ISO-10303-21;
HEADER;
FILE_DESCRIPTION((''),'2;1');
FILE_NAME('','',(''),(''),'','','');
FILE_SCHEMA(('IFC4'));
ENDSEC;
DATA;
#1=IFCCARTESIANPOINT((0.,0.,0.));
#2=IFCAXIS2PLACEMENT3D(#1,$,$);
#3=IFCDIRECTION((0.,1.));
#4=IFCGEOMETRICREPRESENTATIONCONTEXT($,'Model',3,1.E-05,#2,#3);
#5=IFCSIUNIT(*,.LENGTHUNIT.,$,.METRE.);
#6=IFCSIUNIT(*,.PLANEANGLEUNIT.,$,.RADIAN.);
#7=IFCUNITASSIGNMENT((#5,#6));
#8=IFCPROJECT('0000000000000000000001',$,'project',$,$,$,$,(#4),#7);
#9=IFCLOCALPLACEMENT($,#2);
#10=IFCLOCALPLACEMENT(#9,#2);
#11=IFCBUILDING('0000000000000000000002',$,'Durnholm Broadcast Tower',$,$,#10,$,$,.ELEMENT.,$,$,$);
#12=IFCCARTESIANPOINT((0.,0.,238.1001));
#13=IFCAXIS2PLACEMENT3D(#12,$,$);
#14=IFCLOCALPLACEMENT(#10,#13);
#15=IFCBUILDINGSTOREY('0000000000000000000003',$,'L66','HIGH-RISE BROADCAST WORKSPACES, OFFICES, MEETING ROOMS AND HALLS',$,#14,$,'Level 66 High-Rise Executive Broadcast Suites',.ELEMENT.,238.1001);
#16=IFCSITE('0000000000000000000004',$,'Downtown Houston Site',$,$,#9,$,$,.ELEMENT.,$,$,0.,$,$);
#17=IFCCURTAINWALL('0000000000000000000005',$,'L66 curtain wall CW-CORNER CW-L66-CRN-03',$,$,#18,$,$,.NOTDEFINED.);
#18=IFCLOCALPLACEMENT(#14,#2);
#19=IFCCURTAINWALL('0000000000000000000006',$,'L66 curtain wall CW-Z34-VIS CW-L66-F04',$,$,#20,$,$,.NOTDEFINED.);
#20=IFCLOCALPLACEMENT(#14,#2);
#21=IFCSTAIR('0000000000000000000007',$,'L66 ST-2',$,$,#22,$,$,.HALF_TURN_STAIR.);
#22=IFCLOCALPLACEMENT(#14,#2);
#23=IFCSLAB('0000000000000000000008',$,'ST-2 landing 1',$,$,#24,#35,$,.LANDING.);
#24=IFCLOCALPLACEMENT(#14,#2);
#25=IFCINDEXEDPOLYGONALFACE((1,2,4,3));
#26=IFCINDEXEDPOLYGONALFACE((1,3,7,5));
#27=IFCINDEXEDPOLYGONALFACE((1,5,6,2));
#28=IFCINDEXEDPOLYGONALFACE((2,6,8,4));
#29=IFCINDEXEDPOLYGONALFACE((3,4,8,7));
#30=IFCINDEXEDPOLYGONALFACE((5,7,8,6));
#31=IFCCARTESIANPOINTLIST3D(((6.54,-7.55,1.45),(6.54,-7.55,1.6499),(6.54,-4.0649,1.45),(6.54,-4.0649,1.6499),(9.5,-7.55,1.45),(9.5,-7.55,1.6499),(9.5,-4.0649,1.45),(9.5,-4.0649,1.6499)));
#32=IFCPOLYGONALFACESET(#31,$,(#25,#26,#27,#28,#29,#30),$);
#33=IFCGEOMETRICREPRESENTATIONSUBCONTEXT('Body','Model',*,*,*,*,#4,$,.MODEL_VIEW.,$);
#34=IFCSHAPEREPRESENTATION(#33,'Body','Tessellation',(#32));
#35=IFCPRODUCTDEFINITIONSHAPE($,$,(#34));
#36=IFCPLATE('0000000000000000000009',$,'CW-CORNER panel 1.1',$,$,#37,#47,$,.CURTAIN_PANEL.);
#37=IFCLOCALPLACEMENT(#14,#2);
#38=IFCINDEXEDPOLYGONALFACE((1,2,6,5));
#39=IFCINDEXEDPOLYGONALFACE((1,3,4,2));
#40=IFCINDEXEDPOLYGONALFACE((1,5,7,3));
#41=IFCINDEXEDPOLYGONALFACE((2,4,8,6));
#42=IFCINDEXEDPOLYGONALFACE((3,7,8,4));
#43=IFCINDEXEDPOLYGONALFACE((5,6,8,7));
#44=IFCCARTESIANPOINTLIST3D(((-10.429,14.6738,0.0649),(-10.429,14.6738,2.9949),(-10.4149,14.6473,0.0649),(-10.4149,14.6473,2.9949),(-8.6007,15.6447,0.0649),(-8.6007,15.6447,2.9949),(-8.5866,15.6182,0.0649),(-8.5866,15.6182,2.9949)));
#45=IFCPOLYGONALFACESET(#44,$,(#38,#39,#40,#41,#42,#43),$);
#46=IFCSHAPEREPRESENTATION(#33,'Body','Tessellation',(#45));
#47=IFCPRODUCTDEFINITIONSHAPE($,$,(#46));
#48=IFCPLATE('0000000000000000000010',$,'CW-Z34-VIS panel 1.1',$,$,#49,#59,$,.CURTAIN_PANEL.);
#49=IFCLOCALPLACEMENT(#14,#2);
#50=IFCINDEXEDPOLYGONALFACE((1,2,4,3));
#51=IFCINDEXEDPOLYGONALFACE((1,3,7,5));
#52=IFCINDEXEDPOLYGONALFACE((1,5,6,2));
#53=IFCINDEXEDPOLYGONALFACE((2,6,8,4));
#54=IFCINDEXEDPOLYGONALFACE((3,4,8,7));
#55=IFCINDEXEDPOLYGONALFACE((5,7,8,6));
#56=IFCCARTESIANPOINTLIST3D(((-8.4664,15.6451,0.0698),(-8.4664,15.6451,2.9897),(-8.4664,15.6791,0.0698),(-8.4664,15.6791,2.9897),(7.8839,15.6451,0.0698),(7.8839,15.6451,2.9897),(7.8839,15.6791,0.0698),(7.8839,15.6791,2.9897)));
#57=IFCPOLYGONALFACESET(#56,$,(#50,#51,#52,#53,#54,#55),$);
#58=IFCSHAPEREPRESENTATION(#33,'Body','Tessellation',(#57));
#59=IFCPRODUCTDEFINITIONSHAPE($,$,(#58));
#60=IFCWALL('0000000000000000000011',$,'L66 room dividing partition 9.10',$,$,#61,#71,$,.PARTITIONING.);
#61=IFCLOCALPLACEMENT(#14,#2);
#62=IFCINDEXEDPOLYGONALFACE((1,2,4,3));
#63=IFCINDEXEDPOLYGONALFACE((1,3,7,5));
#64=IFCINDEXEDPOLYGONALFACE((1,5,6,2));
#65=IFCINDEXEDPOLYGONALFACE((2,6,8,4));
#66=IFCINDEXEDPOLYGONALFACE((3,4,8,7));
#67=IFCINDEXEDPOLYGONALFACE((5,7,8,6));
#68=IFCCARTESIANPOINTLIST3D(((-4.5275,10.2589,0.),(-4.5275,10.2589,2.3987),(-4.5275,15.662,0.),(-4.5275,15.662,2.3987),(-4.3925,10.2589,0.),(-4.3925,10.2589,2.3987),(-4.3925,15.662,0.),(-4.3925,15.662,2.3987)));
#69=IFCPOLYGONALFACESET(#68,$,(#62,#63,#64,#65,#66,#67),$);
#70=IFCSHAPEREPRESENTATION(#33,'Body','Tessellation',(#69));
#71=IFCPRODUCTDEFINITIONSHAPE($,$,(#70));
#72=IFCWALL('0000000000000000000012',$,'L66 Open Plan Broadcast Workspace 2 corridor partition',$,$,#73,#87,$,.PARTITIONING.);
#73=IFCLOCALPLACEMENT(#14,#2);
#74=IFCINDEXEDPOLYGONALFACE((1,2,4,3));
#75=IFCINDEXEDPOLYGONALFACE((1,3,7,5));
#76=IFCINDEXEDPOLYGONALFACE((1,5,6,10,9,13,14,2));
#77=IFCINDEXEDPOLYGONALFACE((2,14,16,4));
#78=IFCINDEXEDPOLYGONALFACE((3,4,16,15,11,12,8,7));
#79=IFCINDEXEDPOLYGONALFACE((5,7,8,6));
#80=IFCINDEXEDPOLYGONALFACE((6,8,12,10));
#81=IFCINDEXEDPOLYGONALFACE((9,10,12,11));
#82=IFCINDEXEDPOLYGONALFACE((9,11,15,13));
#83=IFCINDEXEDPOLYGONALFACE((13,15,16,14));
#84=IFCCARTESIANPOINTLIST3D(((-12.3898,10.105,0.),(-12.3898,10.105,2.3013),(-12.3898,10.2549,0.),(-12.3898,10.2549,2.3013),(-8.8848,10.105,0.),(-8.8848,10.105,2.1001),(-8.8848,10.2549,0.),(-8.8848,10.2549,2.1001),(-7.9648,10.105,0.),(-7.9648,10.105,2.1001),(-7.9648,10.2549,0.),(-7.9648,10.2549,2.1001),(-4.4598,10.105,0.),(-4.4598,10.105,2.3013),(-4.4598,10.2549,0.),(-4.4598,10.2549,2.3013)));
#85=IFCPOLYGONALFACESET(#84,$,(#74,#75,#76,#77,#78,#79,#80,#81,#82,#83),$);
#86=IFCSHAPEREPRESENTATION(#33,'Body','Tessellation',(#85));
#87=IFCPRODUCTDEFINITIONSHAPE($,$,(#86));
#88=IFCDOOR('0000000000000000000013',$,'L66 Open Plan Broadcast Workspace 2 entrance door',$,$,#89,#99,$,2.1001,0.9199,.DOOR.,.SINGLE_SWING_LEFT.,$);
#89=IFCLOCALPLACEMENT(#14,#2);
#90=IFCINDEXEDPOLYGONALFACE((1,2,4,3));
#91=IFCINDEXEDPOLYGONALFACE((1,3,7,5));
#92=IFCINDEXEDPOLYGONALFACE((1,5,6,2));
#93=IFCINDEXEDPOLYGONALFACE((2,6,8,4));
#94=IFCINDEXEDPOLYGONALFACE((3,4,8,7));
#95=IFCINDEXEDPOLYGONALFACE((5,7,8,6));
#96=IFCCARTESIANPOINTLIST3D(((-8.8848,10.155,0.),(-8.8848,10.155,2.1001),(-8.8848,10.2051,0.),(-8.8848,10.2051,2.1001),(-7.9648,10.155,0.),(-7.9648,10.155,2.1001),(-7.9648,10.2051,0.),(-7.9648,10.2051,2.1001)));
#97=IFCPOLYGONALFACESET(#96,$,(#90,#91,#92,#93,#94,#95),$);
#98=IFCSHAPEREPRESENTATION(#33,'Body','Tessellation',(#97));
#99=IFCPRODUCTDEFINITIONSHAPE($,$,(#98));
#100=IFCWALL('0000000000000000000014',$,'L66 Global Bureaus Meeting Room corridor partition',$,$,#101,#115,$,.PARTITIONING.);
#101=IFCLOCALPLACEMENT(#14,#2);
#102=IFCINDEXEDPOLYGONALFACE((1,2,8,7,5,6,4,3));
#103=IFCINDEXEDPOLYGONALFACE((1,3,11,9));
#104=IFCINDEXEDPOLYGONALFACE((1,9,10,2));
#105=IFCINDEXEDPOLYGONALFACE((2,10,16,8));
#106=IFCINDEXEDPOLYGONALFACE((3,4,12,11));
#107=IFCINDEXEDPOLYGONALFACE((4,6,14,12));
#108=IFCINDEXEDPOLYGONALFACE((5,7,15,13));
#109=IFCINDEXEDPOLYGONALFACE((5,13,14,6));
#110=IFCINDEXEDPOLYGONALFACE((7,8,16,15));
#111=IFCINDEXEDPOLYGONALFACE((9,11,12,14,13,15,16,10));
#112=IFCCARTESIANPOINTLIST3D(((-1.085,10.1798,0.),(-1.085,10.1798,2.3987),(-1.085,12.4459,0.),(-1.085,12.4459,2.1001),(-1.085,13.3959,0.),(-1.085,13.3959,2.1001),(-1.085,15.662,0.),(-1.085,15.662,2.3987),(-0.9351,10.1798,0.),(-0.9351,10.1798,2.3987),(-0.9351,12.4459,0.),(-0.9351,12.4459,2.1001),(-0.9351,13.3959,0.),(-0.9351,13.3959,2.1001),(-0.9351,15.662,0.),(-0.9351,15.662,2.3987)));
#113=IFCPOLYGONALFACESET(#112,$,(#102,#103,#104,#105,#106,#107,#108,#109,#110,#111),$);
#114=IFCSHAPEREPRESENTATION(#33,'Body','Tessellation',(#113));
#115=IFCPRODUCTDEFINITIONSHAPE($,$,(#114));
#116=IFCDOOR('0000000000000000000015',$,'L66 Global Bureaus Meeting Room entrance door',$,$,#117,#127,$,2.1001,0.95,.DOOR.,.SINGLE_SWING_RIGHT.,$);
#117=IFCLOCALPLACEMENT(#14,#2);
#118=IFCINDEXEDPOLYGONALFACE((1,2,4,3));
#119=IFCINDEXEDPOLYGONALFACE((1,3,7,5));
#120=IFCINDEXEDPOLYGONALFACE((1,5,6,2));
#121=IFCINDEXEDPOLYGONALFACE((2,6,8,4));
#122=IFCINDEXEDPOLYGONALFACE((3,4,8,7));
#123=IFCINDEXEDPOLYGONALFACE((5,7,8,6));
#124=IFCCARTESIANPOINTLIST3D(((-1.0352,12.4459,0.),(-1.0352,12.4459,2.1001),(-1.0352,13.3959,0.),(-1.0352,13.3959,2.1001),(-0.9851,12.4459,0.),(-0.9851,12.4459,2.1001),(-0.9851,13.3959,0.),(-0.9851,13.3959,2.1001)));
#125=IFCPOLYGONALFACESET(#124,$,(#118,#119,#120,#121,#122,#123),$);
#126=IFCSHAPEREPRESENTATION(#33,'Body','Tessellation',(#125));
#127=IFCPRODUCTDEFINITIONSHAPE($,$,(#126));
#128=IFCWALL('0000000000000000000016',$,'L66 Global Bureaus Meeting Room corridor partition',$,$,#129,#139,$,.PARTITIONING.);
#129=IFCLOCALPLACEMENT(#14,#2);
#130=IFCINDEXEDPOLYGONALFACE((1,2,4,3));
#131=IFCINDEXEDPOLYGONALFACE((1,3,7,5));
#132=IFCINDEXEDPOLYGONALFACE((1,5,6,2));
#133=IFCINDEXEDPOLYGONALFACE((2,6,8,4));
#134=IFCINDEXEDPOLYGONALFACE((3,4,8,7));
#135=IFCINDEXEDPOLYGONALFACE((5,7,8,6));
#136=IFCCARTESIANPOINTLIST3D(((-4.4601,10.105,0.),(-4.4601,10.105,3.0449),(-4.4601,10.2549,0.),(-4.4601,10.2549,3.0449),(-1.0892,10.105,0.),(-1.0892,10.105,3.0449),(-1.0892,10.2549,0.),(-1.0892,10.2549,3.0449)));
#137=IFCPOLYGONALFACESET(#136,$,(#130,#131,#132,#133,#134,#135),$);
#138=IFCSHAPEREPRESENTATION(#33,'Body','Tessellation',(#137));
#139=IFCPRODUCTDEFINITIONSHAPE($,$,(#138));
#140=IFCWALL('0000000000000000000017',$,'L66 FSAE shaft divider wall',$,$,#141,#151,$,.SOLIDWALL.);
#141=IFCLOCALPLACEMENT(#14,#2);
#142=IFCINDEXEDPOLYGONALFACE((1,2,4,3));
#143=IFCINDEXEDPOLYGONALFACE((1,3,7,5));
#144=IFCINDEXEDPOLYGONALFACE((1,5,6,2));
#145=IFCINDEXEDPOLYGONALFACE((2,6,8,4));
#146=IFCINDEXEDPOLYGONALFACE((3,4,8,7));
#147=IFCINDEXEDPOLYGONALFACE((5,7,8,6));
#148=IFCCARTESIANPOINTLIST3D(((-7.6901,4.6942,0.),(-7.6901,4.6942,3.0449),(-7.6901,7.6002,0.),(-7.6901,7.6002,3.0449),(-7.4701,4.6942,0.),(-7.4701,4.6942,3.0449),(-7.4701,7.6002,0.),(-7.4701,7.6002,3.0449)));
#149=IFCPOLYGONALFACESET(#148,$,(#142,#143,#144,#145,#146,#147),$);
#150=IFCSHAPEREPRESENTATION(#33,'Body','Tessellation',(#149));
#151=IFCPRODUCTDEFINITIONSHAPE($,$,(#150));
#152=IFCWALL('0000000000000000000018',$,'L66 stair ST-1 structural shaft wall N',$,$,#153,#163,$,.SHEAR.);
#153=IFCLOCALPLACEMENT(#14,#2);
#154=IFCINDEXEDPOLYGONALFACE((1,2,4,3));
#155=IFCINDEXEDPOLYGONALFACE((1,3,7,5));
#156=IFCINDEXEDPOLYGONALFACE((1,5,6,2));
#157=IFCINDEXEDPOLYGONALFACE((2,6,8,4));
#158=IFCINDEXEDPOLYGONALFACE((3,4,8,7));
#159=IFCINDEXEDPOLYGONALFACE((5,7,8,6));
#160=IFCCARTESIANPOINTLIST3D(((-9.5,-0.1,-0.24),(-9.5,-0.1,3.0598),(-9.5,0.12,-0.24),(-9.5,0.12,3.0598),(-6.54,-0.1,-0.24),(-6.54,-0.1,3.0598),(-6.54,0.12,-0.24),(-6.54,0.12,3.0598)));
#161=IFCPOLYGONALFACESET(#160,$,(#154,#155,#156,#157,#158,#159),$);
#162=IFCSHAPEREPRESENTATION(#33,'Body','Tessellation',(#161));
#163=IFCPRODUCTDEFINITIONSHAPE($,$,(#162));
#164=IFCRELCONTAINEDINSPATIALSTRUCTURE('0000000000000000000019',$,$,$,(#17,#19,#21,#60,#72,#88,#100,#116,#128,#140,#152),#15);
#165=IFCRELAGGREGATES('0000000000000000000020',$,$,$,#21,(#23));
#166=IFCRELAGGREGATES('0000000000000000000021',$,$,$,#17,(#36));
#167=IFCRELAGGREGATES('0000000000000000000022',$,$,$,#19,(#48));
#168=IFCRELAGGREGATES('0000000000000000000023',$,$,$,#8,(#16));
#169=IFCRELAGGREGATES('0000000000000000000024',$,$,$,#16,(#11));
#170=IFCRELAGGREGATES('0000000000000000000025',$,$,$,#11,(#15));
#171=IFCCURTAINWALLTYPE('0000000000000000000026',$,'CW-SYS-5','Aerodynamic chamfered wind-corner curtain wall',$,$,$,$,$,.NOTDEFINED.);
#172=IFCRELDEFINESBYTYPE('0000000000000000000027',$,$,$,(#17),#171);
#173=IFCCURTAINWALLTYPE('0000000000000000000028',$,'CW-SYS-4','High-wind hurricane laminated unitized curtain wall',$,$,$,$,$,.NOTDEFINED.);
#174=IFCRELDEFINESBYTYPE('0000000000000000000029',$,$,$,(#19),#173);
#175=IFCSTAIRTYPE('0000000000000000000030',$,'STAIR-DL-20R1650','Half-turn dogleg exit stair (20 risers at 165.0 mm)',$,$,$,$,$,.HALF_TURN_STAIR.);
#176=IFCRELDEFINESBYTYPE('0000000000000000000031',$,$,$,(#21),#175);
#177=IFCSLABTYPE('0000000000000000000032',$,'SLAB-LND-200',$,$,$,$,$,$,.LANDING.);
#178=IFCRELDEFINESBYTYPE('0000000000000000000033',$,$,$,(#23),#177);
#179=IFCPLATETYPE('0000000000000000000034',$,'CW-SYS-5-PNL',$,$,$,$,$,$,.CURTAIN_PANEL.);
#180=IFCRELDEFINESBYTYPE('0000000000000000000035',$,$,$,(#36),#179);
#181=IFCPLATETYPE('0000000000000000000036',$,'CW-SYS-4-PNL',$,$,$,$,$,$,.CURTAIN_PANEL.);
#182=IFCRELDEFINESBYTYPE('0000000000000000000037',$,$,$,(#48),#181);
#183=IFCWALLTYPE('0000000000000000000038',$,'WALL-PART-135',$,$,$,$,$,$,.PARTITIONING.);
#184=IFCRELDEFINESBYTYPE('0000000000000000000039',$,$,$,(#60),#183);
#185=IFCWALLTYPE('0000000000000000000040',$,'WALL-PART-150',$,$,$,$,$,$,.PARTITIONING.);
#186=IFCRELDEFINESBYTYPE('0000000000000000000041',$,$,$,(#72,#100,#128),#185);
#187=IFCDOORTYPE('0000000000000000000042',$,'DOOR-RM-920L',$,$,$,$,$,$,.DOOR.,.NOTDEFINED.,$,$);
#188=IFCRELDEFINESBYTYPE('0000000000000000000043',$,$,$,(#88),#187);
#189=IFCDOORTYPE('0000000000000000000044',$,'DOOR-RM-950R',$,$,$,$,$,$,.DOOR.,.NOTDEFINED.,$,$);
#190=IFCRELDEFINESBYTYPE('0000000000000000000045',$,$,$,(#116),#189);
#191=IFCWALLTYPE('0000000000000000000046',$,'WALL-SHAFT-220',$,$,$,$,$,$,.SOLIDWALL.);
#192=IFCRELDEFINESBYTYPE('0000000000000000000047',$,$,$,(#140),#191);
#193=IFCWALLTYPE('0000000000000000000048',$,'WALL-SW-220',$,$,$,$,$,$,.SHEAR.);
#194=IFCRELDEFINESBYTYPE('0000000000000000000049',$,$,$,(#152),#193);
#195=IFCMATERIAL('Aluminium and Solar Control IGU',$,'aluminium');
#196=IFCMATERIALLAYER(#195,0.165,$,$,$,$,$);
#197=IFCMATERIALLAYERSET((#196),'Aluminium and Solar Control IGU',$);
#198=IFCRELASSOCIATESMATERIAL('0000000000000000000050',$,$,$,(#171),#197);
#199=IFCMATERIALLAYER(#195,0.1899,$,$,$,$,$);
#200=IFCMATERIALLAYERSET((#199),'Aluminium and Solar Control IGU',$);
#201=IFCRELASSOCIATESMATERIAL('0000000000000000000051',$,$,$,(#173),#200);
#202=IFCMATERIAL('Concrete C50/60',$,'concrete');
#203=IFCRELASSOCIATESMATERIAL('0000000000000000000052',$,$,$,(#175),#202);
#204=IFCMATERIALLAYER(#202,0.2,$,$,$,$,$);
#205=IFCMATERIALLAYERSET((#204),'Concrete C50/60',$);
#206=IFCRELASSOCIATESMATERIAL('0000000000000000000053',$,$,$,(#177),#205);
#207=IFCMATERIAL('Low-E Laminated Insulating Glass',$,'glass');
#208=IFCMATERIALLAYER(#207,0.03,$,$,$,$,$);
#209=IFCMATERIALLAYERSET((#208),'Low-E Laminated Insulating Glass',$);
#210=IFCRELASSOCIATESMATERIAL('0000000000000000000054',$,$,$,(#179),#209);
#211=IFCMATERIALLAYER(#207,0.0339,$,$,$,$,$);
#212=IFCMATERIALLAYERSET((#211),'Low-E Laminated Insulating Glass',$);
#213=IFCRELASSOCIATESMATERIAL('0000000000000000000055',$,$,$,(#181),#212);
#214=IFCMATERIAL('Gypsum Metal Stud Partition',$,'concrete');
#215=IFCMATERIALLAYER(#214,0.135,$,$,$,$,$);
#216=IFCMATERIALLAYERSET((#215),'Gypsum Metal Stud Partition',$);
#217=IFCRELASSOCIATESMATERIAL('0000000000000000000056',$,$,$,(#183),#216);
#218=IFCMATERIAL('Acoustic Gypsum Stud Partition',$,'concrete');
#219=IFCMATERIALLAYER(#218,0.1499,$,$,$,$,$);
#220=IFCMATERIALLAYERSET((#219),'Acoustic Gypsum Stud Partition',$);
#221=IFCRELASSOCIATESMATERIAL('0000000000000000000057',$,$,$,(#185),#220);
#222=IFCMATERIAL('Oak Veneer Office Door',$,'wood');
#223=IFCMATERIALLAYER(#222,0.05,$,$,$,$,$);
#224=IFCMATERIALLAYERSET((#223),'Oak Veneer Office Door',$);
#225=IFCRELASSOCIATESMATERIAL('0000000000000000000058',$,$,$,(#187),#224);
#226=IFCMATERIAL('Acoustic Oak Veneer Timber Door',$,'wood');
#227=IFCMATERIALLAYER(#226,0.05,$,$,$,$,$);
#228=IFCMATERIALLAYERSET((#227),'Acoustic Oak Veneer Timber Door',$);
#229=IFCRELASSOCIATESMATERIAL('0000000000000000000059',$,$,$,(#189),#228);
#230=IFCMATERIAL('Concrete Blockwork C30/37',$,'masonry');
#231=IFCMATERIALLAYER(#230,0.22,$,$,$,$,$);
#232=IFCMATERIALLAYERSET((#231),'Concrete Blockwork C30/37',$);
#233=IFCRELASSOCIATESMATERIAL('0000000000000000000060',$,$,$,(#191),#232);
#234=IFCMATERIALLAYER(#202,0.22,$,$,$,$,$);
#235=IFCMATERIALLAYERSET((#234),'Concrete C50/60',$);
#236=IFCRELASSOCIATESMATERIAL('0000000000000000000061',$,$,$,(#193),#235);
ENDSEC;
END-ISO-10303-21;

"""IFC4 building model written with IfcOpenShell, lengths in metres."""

from ifc_helpers import new_model, si_unit, direction, frame, frame_2d, origin, origin_2d, place, context, subcontext, project, spatial, polyline, rectangle, outline, extrude, source, transform, mapped, material, layer, layer_set, type_object, type_shapes, element, fill, aggregate, save


model = new_model("IFC4")

# Units and contexts
model_context = context("Model", 3, precision=1e-05, world=origin(), true_north=direction((0.0, 1.0)))
body_context = subcontext(model_context, "Body", "Model", "MODEL_VIEW")
ifc_project = project(units=[si_unit("LENGTHUNIT", "METRE"), si_unit("PLANEANGLEUNIT", "RADIAN")], contexts=[model_context])

# Site, building, storey
site_placement = place(None, origin())
site = spatial("IfcSite", under=ifc_project, at=site_placement, Name="Downtown Houston Site", CompositionType="ELEMENT", RefElevation=0.0)
building_placement = place(site_placement, origin())
building = spatial("IfcBuilding", under=site, at=building_placement, Name="Durnholm Broadcast Tower", CompositionType="ELEMENT")
storey_placement = place(building_placement, frame((0.0, 0.0, 238.1001)))
storey = spatial("IfcBuildingStorey", under=building, at=storey_placement, Name="L66", Description="HIGH-RISE BROADCAST WORKSPACES, OFFICES, MEETING ROOMS AND HALLS", LongName="Level 66 High-Rise Executive Broadcast Suites", CompositionType="ELEMENT", Elevation=238.1001)

# Curtain wall
ifc_material_1 = material(Name="Aluminium and Solar Control IGU", Category="aluminium")
ifc_layer_1 = layer(ifc_material_1, 0.165)
ifc_layer_set_1 = layer_set([ifc_layer_1], Name="Aluminium and Solar Control IGU")
curtain_wall_type_1 = type_object("IfcCurtainWallType", Name="CW-SYS-5", Description="Aerodynamic chamfered wind-corner curtain wall", PredefinedType="NOTDEFINED", material=ifc_layer_set_1)
curtain_wall_1_placement = place(storey_placement, origin())
curtain_wall_1 = element("IfcCurtainWall", 1, at=curtain_wall_1_placement, inside=storey, type_object=curtain_wall_type_1, Name="L66 curtain wall CW-CORNER CW-L66-CRN-03", PredefinedType="NOTDEFINED")

# Curtain wall
ifc_layer_2 = layer(ifc_material_1, 0.1899)
ifc_layer_set_2 = layer_set([ifc_layer_2], Name="Aluminium and Solar Control IGU")
curtain_wall_type_2 = type_object("IfcCurtainWallType", Name="CW-SYS-4", Description="High-wind hurricane laminated unitized curtain wall", PredefinedType="NOTDEFINED", material=ifc_layer_set_2)
curtain_wall_2_placement = place(storey_placement, origin())
curtain_wall_2 = element("IfcCurtainWall", 2, at=curtain_wall_2_placement, inside=storey, type_object=curtain_wall_type_2, Name="L66 curtain wall CW-Z34-VIS CW-L66-F04", PredefinedType="NOTDEFINED")

# Shared definitions
ifc_material_2 = material(Name="Concrete C50/60", Category="concrete")

# Stair, slab
stair_type = type_object("IfcStairType", Name="STAIR-DL-20R1650", Description="Half-turn dogleg exit stair (20 risers at 165.0 mm)", PredefinedType="HALF_TURN_STAIR", material=ifc_material_2)
ifc_layer_3 = layer(ifc_material_2, 0.2)
ifc_layer_set_3 = layer_set([ifc_layer_3], Name="Concrete C50/60")
slab_type_1 = type_object("IfcSlabType", Name="SLAB-LND-200", PredefinedType="LANDING", material=ifc_layer_set_3)
stair_1_placement = place(storey_placement, origin())
stair_1 = element("IfcStair", 3, at=stair_1_placement, inside=storey, type_object=stair_type, Name="L66 ST-2", PredefinedType="HALF_TURN_STAIR")
slab_1_placement = place(storey_placement, frame((0.0, 0.0, 1.45)))
slab_1 = element("IfcSlab", 4, at=slab_1_placement, type_object=slab_type_1, Name="ST-2 landing 1", PredefinedType="LANDING", context=body_context, shape_type="SweptSolid", body=[
    extrude(outline(polyline([(6.54, -4.0649), (6.54, -7.55), (9.5, -7.55), (9.5, -4.0649), (6.54, -4.0649)])), origin(), (0.0, 0.0, 1.0), 0.2),
])
aggregate(stair_1, [slab_1])

# Plates
ifc_material_3 = material(Name="Low-E Laminated Insulating Glass", Category="glass")
ifc_layer_4 = layer(ifc_material_3, 0.03)
ifc_layer_set_4 = layer_set([ifc_layer_4], Name="Low-E Laminated Insulating Glass")
plate_type_1 = type_object("IfcPlateType", Name="CW-SYS-5-PNL", PredefinedType="CURTAIN_PANEL", material=ifc_layer_set_4)
shared_shape_1 = source(origin(), body_context, "Body", "SweptSolid", [
    extrude(rectangle(XDim=2.0701, YDim=0.03, at=origin_2d()), origin(), (0.0, 0.0, 1.0), 2.9299),
])
type_shapes(plate_type_1, [shared_shape_1])
plate_1_placement = place(storey_placement, frame((-9.5078, 15.146, 0.0649), z_axis=(0.0, 0.0, 1.0), x_axis=(0.883195, 0.469007, 0.0)))
plate_1 = element("IfcPlate", 5, at=plate_1_placement, type_object=plate_type_1, Name="CW-CORNER panel 1.1", PredefinedType="CURTAIN_PANEL", context=body_context, shape_type="MappedRepresentation", body=[
    mapped(shared_shape_1, transform((0.0, 0.0, 0.0), x_axis=(1.0, 0.0, 0.0), y_axis=(0.0, 1.0, 0.0), z_axis=(0.0, 0.0, 1.0), scale=1.0)),
])
aggregate(curtain_wall_1, [plate_1])
ifc_layer_5 = layer(ifc_material_3, 0.0339)
ifc_layer_set_5 = layer_set([ifc_layer_5], Name="Low-E Laminated Insulating Glass")
plate_type_2 = type_object("IfcPlateType", Name="CW-SYS-4-PNL", PredefinedType="CURTAIN_PANEL", material=ifc_layer_set_5)
shared_shape_2 = source(origin(), body_context, "Body", "SweptSolid", [
    extrude(rectangle(XDim=16.3503, YDim=0.0339, at=origin_2d()), origin(), (0.0, 0.0, 1.0), 2.9199),
])
type_shapes(plate_type_2, [shared_shape_2])
plate_2_placement = place(storey_placement, frame((-0.2913, 15.6621, 0.0698), z_axis=(0.0, 0.0, 1.0), x_axis=(1.0, 0.0, 0.0)))
plate_2 = element("IfcPlate", 6, at=plate_2_placement, type_object=plate_type_2, Name="CW-Z34-VIS panel 1.1", PredefinedType="CURTAIN_PANEL", context=body_context, shape_type="MappedRepresentation", body=[
    mapped(shared_shape_2, transform((0.0, 0.0, 0.0), x_axis=(1.0, 0.0, 0.0), y_axis=(0.0, 1.0, 0.0), z_axis=(0.0, 0.0, 1.0), scale=1.0)),
])
aggregate(curtain_wall_2, [plate_2])

# Wall
ifc_material_4 = material(Name="Gypsum Metal Stud Partition", Category="concrete")
ifc_layer_6 = layer(ifc_material_4, 0.135)
ifc_layer_set_6 = layer_set([ifc_layer_6], Name="Gypsum Metal Stud Partition")
wall_type_1 = type_object("IfcWallType", Name="WALL-PART-135", PredefinedType="PARTITIONING", material=ifc_layer_set_6)
wall_1_placement = place(storey_placement, frame((-4.46, 15.6621, 0.0), z_axis=(0.0, 0.0, 1.0), x_axis=(0.0, -1.0, 0.0)))
element("IfcWall", 7, at=wall_1_placement, inside=storey, type_object=wall_type_1, Name="L66 room dividing partition 9.10", PredefinedType="PARTITIONING", context=body_context, shape_type="SweptSolid", body=[
    extrude(rectangle(XDim=5.4031, YDim=0.135, at=frame_2d((2.7017, 0.0))), origin(), (0.0, 0.0, 1.0), 2.3987),
])

# Walls, openings, doors
ifc_material_5 = material(Name="Acoustic Gypsum Stud Partition", Category="concrete")
ifc_layer_7 = layer(ifc_material_5, 0.1499)
ifc_layer_set_7 = layer_set([ifc_layer_7], Name="Acoustic Gypsum Stud Partition")
wall_type_2 = type_object("IfcWallType", Name="WALL-PART-150", PredefinedType="PARTITIONING", material=ifc_layer_set_7)
wall_2_placement = place(storey_placement, frame((-4.46, 10.1799, 0.0), z_axis=(0.0, 0.0, 1.0), x_axis=(-1.0, 0.0, 0.0)))
wall_2 = element("IfcWall", 8, at=wall_2_placement, inside=storey, type_object=wall_type_2, Name="L66 Open Plan Broadcast Workspace 2 corridor partition", PredefinedType="PARTITIONING", context=body_context, shape_type="SweptSolid", body=[
    extrude(rectangle(XDim=7.9299, YDim=0.1499, at=frame_2d((3.9648, 0.0))), origin(), (0.0, 0.0, 1.0), 2.3013),
])
opening_1_placement = place(wall_2_placement, frame((3.5049, 0.0, 0.0)))
opening_1 = element("IfcOpeningElement", 9, at=opening_1_placement, cuts=wall_2, PredefinedType="OPENING", context=body_context, shape_type="SweptSolid", body=[
    extrude(rectangle(XDim=0.9199, YDim=2.1001, at=frame_2d((0.46, 1.05))), frame((0.0, 0.085, 0.0), z_axis=(0.0, -1.0, 0.0), x_axis=(1.0, 0.0, 0.0)), (0.0, 0.0, 1.0), 0.1699),
])
ifc_material_6 = material(Name="Oak Veneer Office Door", Category="wood")
ifc_layer_8 = layer(ifc_material_6, 0.05)
ifc_layer_set_8 = layer_set([ifc_layer_8], Name="Oak Veneer Office Door")
door_type_1 = type_object("IfcDoorType", Name="DOOR-RM-920L", OperationType="NOTDEFINED", PredefinedType="DOOR", material=ifc_layer_set_8)
shared_shape_3 = source(origin(), body_context, "Body", "SweptSolid", [
    extrude(rectangle(XDim=0.9199, YDim=2.1001, at=frame_2d((0.46, 1.05))), frame((0.0, 0.0249, 0.0), z_axis=(0.0, -1.0, 0.0), x_axis=(1.0, 0.0, 0.0)), (0.0, 0.0, 1.0), 0.05),
])
type_shapes(door_type_1, [shared_shape_3])
door_1_placement = place(opening_1_placement, origin())
door_1 = element("IfcDoor", 10, at=door_1_placement, inside=storey, type_object=door_type_1, Name="L66 Open Plan Broadcast Workspace 2 entrance door", OperationType="SINGLE_SWING_LEFT", OverallHeight=2.1001, OverallWidth=0.9199, PredefinedType="DOOR", context=body_context, shape_type="MappedRepresentation", body=[
    mapped(shared_shape_3, transform((0.0, 0.0, 0.0), x_axis=(1.0, 0.0, 0.0), y_axis=(0.0, 1.0, 0.0), z_axis=(0.0, 0.0, 1.0), scale=1.0)),
])
fill(opening_1, door_1)
wall_3_placement = place(storey_placement, frame((-1.01, 15.6621, 0.0), z_axis=(0.0, 0.0, 1.0), x_axis=(0.0, -1.0, 0.0)))
wall_3 = element("IfcWall", 11, at=wall_3_placement, inside=storey, type_object=wall_type_2, Name="L66 Global Bureaus Meeting Room corridor partition", PredefinedType="PARTITIONING", context=body_context, shape_type="SweptSolid", body=[
    extrude(rectangle(XDim=5.4822, YDim=0.1499, at=frame_2d((2.7412, 0.0))), origin(), (0.0, 0.0, 1.0), 2.3987),
])
opening_2_placement = place(wall_3_placement, frame((2.2661, 0.0, 0.0)))
opening_2 = element("IfcOpeningElement", 12, at=opening_2_placement, cuts=wall_3, PredefinedType="OPENING", context=body_context, shape_type="SweptSolid", body=[
    extrude(rectangle(XDim=0.95, YDim=2.1001, at=frame_2d((0.4751, 1.05))), frame((0.0, 0.085, 0.0), z_axis=(0.0, -1.0, 0.0), x_axis=(1.0, 0.0, 0.0)), (0.0, 0.0, 1.0), 0.1699),
])
ifc_material_7 = material(Name="Acoustic Oak Veneer Timber Door", Category="wood")
ifc_layer_9 = layer(ifc_material_7, 0.05)
ifc_layer_set_9 = layer_set([ifc_layer_9], Name="Acoustic Oak Veneer Timber Door")
door_type_2 = type_object("IfcDoorType", Name="DOOR-RM-950R", OperationType="NOTDEFINED", PredefinedType="DOOR", material=ifc_layer_set_9)
shared_shape_4 = source(origin(), body_context, "Body", "SweptSolid", [
    extrude(rectangle(XDim=0.95, YDim=2.1001, at=frame_2d((0.4751, 1.05))), frame((0.0, 0.0249, 0.0), z_axis=(0.0, -1.0, 0.0), x_axis=(1.0, 0.0, 0.0)), (0.0, 0.0, 1.0), 0.05),
])
type_shapes(door_type_2, [shared_shape_4])
door_2_placement = place(opening_2_placement, origin())
door_2 = element("IfcDoor", 13, at=door_2_placement, inside=storey, type_object=door_type_2, Name="L66 Global Bureaus Meeting Room entrance door", OperationType="SINGLE_SWING_RIGHT", OverallHeight=2.1001, OverallWidth=0.95, PredefinedType="DOOR", context=body_context, shape_type="MappedRepresentation", body=[
    mapped(shared_shape_4, transform((0.0, 0.0, 0.0), x_axis=(1.0, 0.0, 0.0), y_axis=(0.0, 1.0, 0.0), z_axis=(0.0, 0.0, 1.0), scale=1.0)),
])
fill(opening_2, door_2)

# Walls
wall_4_placement = place(storey_placement, frame((-1.0891, 10.1799, 0.0), z_axis=(0.0, 0.0, 1.0), x_axis=(-1.0, 0.0, 0.0)))
element("IfcWall", 14, at=wall_4_placement, inside=storey, type_object=wall_type_2, Name="L66 Global Bureaus Meeting Room corridor partition", PredefinedType="PARTITIONING", context=body_context, shape_type="SweptSolid", body=[
    extrude(rectangle(XDim=3.3708, YDim=0.1499, at=frame_2d((1.6855, 0.0))), origin(), (0.0, 0.0, 1.0), 3.0449),
])
ifc_material_8 = material(Name="Concrete Blockwork C30/37", Category="masonry")
ifc_layer_10 = layer(ifc_material_8, 0.22)
ifc_layer_set_10 = layer_set([ifc_layer_10], Name="Concrete Blockwork C30/37")
wall_type_3 = type_object("IfcWallType", Name="WALL-SHAFT-220", PredefinedType="SOLIDWALL", material=ifc_layer_set_10)
wall_5_placement = place(storey_placement, frame((-7.5801, 4.6941, 0.0), z_axis=(0.0, 0.0, 1.0), x_axis=(0.0, 1.0, 0.0)))
element("IfcWall", 15, at=wall_5_placement, inside=storey, type_object=wall_type_3, Name="L66 FSAE shaft divider wall", PredefinedType="SOLIDWALL", context=body_context, shape_type="SweptSolid", body=[
    extrude(rectangle(XDim=2.906, YDim=0.22, at=frame_2d((1.4531, 0.0))), origin(), (0.0, 0.0, 1.0), 3.0449),
])
ifc_layer_11 = layer(ifc_material_2, 0.22)
ifc_layer_set_11 = layer_set([ifc_layer_11], Name="Concrete C50/60")
wall_type_4 = type_object("IfcWallType", Name="WALL-SW-220", PredefinedType="SHEAR", material=ifc_layer_set_11)
wall_6_placement = place(storey_placement, frame((-6.54, 0.01, -0.24), z_axis=(0.0, 0.0, 1.0), x_axis=(-1.0, 0.0, 0.0)))
element("IfcWall", 16, at=wall_6_placement, inside=storey, type_object=wall_type_4, Name="L66 stair ST-1 structural shaft wall N", PredefinedType="SHEAR", context=body_context, shape_type="SweptSolid", body=[
    extrude(rectangle(XDim=2.96, YDim=0.22, at=frame_2d((1.48, 0.0))), origin(), (0.0, 0.0, 1.0), 3.2998),
])

save(model, "model.ifc")
